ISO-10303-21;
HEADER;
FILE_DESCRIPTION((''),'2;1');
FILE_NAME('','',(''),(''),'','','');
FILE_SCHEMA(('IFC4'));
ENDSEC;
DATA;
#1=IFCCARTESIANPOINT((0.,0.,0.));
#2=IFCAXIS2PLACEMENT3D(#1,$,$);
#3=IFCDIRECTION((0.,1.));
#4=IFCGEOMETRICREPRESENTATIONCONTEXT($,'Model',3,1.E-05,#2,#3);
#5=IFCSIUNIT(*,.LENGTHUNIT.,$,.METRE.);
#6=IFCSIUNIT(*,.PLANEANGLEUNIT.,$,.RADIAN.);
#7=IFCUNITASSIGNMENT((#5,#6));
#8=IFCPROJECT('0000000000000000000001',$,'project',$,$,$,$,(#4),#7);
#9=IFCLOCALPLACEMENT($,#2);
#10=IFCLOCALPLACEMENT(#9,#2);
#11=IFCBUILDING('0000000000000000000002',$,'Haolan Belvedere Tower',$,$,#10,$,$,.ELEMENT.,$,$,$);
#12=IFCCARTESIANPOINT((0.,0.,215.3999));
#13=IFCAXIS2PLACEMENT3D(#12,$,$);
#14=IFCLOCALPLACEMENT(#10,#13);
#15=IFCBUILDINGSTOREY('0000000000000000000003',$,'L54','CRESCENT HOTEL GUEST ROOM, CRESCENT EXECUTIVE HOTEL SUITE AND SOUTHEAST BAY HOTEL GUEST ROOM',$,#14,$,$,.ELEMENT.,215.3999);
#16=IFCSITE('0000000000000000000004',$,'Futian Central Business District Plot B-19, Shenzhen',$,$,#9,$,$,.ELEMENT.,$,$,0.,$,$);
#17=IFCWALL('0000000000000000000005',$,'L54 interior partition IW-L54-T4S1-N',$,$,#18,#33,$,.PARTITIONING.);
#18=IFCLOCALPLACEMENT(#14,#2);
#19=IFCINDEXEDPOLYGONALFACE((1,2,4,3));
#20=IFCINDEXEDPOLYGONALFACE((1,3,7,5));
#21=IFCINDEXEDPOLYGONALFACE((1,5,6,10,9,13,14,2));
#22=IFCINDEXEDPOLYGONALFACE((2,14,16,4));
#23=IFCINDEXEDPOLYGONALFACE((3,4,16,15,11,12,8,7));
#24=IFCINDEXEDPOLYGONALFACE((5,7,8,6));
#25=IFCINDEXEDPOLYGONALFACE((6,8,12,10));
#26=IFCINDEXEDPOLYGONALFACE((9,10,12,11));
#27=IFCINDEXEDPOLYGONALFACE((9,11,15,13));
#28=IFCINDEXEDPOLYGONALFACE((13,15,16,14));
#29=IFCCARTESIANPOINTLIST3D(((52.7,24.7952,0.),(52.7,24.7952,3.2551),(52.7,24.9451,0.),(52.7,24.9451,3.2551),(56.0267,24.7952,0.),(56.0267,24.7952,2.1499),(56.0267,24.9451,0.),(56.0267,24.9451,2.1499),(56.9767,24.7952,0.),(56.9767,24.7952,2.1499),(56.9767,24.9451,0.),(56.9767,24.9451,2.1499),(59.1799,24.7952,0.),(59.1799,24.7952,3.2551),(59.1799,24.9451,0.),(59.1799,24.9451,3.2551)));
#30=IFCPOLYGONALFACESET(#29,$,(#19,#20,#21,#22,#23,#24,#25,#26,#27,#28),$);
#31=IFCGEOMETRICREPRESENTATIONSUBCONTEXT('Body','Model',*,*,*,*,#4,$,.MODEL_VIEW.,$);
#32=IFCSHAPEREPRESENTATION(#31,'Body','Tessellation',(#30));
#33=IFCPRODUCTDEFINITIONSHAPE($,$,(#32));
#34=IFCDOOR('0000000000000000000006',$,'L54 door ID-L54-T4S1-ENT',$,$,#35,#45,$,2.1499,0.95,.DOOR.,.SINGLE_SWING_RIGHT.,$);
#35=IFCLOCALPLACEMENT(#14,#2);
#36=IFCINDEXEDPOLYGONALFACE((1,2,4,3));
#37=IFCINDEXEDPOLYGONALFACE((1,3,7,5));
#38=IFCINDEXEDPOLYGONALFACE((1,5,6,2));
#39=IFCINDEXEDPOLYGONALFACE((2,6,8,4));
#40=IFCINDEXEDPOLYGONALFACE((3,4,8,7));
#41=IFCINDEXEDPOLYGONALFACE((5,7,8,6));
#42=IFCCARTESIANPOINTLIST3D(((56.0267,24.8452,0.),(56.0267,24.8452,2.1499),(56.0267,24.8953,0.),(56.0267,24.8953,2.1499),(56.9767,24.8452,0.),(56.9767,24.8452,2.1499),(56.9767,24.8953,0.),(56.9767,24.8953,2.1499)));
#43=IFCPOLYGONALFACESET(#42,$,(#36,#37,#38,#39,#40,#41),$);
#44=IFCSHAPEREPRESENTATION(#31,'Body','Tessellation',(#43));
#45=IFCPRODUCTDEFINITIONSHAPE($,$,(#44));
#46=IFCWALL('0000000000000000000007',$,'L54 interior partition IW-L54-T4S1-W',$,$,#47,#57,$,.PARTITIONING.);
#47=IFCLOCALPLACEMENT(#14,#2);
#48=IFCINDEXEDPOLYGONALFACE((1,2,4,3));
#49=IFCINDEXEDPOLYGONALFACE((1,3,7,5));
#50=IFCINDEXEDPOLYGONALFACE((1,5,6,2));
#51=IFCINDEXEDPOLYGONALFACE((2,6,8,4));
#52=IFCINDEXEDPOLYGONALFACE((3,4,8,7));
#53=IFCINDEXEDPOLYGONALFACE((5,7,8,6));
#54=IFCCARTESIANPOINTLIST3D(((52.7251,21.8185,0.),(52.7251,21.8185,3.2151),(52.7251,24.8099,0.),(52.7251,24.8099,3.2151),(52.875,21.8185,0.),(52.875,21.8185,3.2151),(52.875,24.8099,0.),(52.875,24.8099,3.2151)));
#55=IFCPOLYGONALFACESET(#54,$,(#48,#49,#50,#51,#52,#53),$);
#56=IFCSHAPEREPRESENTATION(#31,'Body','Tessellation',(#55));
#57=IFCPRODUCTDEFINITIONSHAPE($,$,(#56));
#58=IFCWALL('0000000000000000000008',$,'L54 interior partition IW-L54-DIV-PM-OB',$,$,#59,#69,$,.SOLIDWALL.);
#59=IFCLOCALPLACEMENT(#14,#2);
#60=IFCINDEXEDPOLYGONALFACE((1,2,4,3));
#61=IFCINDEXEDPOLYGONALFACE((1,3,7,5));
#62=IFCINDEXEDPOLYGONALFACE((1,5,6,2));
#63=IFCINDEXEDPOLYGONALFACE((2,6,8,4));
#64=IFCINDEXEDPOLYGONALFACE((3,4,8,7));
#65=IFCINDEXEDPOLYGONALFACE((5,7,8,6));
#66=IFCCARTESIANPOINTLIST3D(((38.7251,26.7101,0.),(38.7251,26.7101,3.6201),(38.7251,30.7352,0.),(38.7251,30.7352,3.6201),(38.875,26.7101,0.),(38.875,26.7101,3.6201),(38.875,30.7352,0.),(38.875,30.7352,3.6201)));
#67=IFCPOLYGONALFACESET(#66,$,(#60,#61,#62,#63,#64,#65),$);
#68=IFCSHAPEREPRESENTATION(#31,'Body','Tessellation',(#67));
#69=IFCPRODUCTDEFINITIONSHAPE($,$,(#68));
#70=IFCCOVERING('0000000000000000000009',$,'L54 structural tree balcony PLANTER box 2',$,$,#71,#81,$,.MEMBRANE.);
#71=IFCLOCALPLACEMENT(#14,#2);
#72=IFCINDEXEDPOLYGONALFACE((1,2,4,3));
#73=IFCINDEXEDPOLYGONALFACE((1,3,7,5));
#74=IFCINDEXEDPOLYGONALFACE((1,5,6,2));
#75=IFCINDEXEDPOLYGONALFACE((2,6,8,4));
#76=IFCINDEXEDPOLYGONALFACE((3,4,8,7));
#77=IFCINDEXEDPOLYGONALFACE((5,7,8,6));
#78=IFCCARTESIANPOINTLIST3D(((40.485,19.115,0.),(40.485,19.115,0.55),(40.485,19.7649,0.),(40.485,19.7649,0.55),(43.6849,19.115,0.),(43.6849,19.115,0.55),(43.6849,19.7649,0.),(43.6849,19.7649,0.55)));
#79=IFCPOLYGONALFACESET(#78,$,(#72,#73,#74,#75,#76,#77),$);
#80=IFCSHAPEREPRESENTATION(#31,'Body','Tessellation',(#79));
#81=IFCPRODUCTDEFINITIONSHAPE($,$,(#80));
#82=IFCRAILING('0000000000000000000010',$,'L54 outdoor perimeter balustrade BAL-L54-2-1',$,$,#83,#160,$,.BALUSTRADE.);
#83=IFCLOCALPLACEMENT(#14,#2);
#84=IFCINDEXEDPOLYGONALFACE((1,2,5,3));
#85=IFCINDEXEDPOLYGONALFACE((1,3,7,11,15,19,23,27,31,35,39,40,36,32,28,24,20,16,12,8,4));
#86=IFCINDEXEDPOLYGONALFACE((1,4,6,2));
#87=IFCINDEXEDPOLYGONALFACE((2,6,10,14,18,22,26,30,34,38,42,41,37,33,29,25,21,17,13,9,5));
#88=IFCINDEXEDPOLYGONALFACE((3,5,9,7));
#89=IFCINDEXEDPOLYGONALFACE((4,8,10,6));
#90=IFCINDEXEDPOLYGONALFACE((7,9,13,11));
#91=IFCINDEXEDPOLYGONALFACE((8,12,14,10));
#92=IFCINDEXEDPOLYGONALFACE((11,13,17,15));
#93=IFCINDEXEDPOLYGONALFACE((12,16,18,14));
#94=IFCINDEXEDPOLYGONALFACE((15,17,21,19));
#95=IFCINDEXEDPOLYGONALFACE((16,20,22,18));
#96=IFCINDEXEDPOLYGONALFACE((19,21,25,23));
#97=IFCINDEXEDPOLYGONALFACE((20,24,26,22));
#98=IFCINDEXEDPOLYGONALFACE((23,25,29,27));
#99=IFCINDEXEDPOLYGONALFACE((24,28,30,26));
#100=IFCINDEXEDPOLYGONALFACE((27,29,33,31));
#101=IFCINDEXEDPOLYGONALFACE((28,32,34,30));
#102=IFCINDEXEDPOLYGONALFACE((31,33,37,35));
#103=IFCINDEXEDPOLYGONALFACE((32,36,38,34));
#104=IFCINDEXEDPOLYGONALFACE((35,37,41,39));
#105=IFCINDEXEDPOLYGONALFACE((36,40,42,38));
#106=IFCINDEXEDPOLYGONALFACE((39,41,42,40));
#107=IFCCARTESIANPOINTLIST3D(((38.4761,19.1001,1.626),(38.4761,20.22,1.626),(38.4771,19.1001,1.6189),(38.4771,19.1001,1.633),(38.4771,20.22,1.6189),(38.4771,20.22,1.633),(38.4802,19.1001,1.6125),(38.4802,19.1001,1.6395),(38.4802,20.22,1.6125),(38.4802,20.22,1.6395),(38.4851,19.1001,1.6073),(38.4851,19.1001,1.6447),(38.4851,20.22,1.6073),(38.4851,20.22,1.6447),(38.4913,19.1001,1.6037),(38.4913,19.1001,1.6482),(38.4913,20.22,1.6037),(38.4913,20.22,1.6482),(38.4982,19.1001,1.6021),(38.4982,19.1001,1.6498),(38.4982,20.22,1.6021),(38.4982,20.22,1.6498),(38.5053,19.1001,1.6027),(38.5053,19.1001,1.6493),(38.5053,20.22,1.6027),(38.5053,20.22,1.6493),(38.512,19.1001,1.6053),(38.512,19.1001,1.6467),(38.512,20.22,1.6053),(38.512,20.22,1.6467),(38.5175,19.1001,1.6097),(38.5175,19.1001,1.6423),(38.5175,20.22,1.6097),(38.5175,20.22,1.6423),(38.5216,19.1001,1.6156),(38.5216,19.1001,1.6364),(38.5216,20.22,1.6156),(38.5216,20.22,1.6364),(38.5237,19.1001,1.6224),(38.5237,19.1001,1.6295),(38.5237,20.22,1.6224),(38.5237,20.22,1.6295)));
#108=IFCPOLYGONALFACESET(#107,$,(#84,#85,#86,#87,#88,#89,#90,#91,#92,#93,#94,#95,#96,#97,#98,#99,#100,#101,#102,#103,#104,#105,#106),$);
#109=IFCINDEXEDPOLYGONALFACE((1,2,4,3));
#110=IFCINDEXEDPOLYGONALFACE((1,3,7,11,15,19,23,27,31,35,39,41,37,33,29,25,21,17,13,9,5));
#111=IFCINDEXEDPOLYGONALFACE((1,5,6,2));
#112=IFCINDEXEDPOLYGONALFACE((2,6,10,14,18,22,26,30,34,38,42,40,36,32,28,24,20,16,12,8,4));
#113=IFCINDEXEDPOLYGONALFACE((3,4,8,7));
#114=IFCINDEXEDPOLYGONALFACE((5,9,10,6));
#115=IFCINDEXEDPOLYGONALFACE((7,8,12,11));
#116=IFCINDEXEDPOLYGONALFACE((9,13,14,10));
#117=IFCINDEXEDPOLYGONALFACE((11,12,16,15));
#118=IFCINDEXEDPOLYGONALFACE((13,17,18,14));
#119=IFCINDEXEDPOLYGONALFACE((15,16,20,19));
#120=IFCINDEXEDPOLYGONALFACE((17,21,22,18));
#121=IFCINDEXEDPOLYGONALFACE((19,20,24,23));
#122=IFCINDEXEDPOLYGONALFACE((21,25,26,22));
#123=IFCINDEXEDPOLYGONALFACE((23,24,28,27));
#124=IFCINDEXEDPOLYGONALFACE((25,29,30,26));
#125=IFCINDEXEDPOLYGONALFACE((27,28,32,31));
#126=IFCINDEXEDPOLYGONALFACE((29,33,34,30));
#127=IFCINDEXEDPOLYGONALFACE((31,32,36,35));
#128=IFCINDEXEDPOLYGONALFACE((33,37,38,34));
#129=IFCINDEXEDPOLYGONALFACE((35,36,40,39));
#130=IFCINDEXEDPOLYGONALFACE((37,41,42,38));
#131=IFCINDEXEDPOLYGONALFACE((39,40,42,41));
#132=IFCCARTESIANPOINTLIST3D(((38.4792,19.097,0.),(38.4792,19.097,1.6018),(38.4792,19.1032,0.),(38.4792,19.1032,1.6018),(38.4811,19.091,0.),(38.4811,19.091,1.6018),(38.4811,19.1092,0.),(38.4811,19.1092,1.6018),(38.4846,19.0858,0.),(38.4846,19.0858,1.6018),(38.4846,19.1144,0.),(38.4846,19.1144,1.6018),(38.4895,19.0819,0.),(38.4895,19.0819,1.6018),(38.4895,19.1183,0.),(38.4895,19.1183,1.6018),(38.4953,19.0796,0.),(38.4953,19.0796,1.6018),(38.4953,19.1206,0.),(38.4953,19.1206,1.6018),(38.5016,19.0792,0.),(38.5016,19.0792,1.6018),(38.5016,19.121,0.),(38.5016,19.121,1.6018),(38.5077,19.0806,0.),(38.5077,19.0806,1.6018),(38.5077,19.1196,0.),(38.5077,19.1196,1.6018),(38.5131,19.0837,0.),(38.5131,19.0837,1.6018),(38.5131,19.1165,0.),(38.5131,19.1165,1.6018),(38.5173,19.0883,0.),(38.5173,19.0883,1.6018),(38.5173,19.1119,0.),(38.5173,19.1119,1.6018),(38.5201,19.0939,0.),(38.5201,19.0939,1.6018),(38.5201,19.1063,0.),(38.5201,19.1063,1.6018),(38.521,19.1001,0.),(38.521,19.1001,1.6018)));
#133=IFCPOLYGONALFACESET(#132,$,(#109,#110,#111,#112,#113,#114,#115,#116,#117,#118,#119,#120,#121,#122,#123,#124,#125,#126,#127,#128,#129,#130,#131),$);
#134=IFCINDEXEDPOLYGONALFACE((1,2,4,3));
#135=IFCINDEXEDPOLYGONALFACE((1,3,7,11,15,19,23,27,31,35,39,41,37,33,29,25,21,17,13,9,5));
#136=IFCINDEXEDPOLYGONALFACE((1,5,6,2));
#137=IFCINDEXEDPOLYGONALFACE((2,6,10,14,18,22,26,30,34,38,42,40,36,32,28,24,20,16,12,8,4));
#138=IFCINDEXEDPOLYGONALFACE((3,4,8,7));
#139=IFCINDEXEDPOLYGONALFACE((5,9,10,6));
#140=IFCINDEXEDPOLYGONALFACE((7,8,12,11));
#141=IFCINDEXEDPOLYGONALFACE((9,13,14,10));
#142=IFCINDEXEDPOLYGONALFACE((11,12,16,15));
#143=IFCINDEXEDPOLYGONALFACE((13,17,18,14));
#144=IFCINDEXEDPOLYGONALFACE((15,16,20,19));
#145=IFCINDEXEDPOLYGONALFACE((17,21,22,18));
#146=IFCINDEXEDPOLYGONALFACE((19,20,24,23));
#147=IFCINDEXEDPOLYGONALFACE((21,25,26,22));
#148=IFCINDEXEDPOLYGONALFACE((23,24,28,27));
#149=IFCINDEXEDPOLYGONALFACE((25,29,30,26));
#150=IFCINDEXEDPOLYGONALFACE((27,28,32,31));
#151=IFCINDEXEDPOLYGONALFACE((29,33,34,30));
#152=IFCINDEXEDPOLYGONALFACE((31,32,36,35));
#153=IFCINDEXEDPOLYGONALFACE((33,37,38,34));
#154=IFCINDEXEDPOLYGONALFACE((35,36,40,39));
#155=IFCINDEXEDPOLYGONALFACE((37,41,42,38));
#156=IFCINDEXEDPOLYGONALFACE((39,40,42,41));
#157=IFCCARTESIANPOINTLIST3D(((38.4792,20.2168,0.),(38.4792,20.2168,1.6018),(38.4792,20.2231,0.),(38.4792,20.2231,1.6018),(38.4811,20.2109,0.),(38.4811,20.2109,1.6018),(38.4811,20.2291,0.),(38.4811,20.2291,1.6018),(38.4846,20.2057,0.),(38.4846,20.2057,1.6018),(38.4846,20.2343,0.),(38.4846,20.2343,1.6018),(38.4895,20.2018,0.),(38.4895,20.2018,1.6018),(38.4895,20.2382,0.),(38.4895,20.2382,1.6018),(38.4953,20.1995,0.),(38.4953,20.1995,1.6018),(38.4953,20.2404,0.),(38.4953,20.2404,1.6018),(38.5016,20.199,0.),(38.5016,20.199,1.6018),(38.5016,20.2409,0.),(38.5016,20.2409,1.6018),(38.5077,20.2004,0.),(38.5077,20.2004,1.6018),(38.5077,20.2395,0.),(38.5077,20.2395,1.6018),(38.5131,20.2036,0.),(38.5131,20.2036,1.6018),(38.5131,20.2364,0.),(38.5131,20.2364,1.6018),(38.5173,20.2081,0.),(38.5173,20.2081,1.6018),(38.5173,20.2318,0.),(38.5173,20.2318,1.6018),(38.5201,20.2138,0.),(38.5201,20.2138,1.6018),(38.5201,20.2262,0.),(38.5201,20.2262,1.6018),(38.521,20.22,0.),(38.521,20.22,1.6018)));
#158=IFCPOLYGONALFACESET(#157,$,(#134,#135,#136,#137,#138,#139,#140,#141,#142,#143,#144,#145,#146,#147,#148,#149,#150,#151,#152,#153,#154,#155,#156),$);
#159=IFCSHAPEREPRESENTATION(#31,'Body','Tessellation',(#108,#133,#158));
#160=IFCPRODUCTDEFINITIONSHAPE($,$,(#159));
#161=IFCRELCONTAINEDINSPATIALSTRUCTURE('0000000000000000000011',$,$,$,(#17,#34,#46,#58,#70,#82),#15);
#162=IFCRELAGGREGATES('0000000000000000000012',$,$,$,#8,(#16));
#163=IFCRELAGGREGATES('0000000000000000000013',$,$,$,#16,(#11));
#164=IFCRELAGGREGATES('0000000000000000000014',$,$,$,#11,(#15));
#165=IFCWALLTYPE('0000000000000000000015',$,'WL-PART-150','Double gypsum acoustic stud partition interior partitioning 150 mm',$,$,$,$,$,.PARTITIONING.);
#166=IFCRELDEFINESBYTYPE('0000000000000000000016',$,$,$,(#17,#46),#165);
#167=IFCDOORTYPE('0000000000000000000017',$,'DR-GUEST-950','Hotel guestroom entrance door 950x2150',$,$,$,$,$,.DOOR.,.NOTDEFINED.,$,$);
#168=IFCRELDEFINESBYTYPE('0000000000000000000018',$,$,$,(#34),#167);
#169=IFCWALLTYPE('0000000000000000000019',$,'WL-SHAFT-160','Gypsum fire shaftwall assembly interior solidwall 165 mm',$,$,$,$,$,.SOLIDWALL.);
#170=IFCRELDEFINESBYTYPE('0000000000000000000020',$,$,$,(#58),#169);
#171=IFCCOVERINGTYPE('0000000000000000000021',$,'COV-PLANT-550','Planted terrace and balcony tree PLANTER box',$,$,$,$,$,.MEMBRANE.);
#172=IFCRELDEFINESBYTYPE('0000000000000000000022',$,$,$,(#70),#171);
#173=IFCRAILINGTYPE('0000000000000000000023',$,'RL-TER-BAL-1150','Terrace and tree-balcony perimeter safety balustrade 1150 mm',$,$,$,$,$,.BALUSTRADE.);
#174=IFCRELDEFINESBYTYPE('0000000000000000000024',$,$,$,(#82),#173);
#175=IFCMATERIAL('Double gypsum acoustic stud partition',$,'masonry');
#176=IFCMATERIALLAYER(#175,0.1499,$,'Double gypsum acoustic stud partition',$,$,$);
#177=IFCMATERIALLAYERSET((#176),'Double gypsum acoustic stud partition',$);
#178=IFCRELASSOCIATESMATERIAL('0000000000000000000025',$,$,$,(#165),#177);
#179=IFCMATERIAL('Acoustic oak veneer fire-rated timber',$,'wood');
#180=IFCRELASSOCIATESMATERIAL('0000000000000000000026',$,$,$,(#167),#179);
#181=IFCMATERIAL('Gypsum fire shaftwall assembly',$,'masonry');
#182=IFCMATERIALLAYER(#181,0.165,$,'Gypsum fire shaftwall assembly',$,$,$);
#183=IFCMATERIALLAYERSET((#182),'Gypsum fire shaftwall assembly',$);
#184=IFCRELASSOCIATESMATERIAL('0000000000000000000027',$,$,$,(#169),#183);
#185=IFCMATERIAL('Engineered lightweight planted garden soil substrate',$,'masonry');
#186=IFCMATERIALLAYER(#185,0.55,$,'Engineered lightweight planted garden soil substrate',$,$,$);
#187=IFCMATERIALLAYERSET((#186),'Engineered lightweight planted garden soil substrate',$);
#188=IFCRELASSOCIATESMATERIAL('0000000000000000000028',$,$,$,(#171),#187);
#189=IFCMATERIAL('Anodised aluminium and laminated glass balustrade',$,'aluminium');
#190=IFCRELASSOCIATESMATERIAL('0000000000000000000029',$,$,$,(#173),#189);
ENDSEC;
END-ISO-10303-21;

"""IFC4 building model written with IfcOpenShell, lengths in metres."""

from ifc_helpers import new_model, si_unit, direction, frame, frame_2d, origin, origin_2d, place, context, subcontext, project, spatial, rectangle, circle, extrude, material, layer, layer_set, type_object, element, fill, save


model = new_model("IFC4")

# Units and contexts
model_context = context("Model", 3, precision=1e-05, world=origin(), true_north=direction((0.0, 1.0)))
body_context = subcontext(model_context, "Body", "Model", "MODEL_VIEW")
ifc_project = project(units=[si_unit("LENGTHUNIT", "METRE"), si_unit("PLANEANGLEUNIT", "RADIAN")], contexts=[model_context])

# Site, building, storey
site_placement = place(None, origin())
site = spatial("IfcSite", under=ifc_project, at=site_placement, Name="Futian Central Business District Plot B-19, Shenzhen", CompositionType="ELEMENT", RefElevation=0.0)
building_placement = place(site_placement, origin())
building = spatial("IfcBuilding", under=site, at=building_placement, Name="Haolan Belvedere Tower", CompositionType="ELEMENT")
storey_placement = place(building_placement, frame((0.0, 0.0, 215.3999)))
storey = spatial("IfcBuildingStorey", under=building, at=storey_placement, Name="L54", Description="CRESCENT HOTEL GUEST ROOM, CRESCENT EXECUTIVE HOTEL SUITE AND SOUTHEAST BAY HOTEL GUEST ROOM", CompositionType="ELEMENT", Elevation=215.3999)

# Shared definitions
ifc_material_1 = material(Name="Double gypsum acoustic stud partition", Category="masonry")
ifc_layer_1 = layer(ifc_material_1, 0.1499, Name="Double gypsum acoustic stud partition")
ifc_layer_set_1 = layer_set([ifc_layer_1], Name="Double gypsum acoustic stud partition")
wall_type_1 = type_object("IfcWallType", Name="WL-PART-150", Description="Double gypsum acoustic stud partition interior partitioning 150 mm", PredefinedType="PARTITIONING", material=ifc_layer_set_1)

# Wall, opening, door
wall_1_placement = place(storey_placement, frame((52.7, 24.8701, 0.0), z_axis=(0.0, 0.0, 1.0), x_axis=(1.0, 0.0, 0.0)))
wall_1 = element("IfcWall", 1, at=wall_1_placement, inside=storey, type_object=wall_type_1, Name="L54 interior partition IW-L54-T4S1-N", PredefinedType="PARTITIONING", context=body_context, shape_type="SweptSolid", body=[
    extrude(rectangle(XDim=6.48, YDim=0.1499, at=frame_2d((3.24, 0.0))), origin(), (0.0, 0.0, 1.0), 3.2551),
])
opening_1_placement = place(wall_1_placement, frame((4.2769, 0.0, 0.0), z_axis=(0.0, 0.0, 1.0), x_axis=(-1.0, 0.0, 0.0)))
opening_1 = element("IfcOpeningElement", 2, at=opening_1_placement, cuts=wall_1, PredefinedType="OPENING", context=body_context, shape_type="SweptSolid", body=[
    extrude(rectangle(XDim=0.95, YDim=2.1499, at=frame_2d((0.4751, 1.075))), frame((0.0, 0.085, 0.0), z_axis=(0.0, -1.0, 0.0), x_axis=(1.0, 0.0, 0.0)), (0.0, 0.0, 1.0), 0.1699),
])
ifc_material_2 = material(Name="Acoustic oak veneer fire-rated timber", Category="wood")
door_type_1 = type_object("IfcDoorType", Name="DR-GUEST-950", Description="Hotel guestroom entrance door 950x2150", OperationType="NOTDEFINED", PredefinedType="DOOR", material=ifc_material_2)
door_1_placement = place(opening_1_placement, origin())
door_1 = element("IfcDoor", 3, at=door_1_placement, inside=storey, type_object=door_type_1, Name="L54 door ID-L54-T4S1-ENT", OperationType="SINGLE_SWING_RIGHT", OverallHeight=2.1499, OverallWidth=0.95, PredefinedType="DOOR", context=body_context, shape_type="SweptSolid", body=[
    extrude(rectangle(XDim=0.95, YDim=2.1499, at=frame_2d((0.4751, 1.075))), frame((0.0, 0.0249, 0.0), z_axis=(0.0, -1.0, 0.0), x_axis=(1.0, 0.0, 0.0)), (0.0, 0.0, 1.0), 0.05),
])
fill(opening_1, door_1)

# Walls
wall_2_placement = place(storey_placement, frame((52.8, 21.8186, 0.0), z_axis=(0.0, 0.0, 1.0), x_axis=(0.0, 1.0, 0.0)))
element("IfcWall", 4, at=wall_2_placement, inside=storey, type_object=wall_type_1, Name="L54 interior partition IW-L54-T4S1-W", PredefinedType="PARTITIONING", context=body_context, shape_type="SweptSolid", body=[
    extrude(rectangle(XDim=2.9915, YDim=0.1499, at=frame_2d((1.4956, 0.0))), origin(), (0.0, 0.0, 1.0), 3.2151),
])
ifc_material_3 = material(Name="Gypsum fire shaftwall assembly", Category="masonry")
ifc_layer_2 = layer(ifc_material_3, 0.165, Name="Gypsum fire shaftwall assembly")
ifc_layer_set_2 = layer_set([ifc_layer_2], Name="Gypsum fire shaftwall assembly")
wall_type_2 = type_object("IfcWallType", Name="WL-SHAFT-160", Description="Gypsum fire shaftwall assembly interior solidwall 165 mm", PredefinedType="SOLIDWALL", material=ifc_layer_set_2)
wall_3_placement = place(storey_placement, frame((38.8, 26.71, 0.0), z_axis=(0.0, 0.0, 1.0), x_axis=(0.0, 1.0, 0.0)))
element("IfcWall", 5, at=wall_3_placement, inside=storey, type_object=wall_type_2, Name="L54 interior partition IW-L54-DIV-PM-OB", PredefinedType="SOLIDWALL", context=body_context, shape_type="SweptSolid", body=[
    extrude(rectangle(XDim=4.0251, YDim=0.1499, at=frame_2d((2.0127, 0.0))), origin(), (0.0, 0.0, 1.0), 3.6201),
])

# Covering
ifc_material_4 = material(Name="Engineered lightweight planted garden soil substrate", Category="masonry")
ifc_layer_3 = layer(ifc_material_4, 0.55, Name="Engineered lightweight planted garden soil substrate")
ifc_layer_set_3 = layer_set([ifc_layer_3], Name="Engineered lightweight planted garden soil substrate")
covering_type = type_object("IfcCoveringType", Name="COV-PLANT-550", Description="Planted terrace and balcony tree PLANTER box", PredefinedType="MEMBRANE", material=ifc_layer_set_3)
covering_placement = place(storey_placement, frame((42.085, 19.4399, 0.0), z_axis=(0.0, 0.0, 1.0), x_axis=(1.0, 0.0, 0.0)))
element("IfcCovering", 6, at=covering_placement, inside=storey, type_object=covering_type, Name="L54 structural tree balcony PLANTER box 2", PredefinedType="MEMBRANE", context=body_context, shape_type="SweptSolid", body=[
    extrude(rectangle(XDim=3.2, YDim=0.6499, at=origin_2d()), origin(), (0.0, 0.0, 1.0), 0.55),
])

# Railing
ifc_material_5 = material(Name="Anodised aluminium and laminated glass balustrade", Category="aluminium")
railing_type = type_object("IfcRailingType", Name="RL-TER-BAL-1150", Description="Terrace and tree-balcony perimeter safety balustrade 1150 mm", PredefinedType="BALUSTRADE", material=ifc_material_5)
railing_1_placement = place(storey_placement, frame((38.5, 19.1001, 0.0)))
element("IfcRailing", 7, at=railing_1_placement, inside=storey, type_object=railing_type, Name="L54 outdoor perimeter balustrade BAL-L54-2-1", PredefinedType="BALUSTRADE", context=body_context, shape_type="SweptSolid", body=[
    extrude(circle(Radius=0.0239, at=origin_2d()), frame((0.0, 0.0, 1.626), z_axis=(0.0, 1.0, 0.0), x_axis=(-1.0, 0.0, 0.0)), (0.0, 0.0, 1.0), 1.1199),
    extrude(circle(Radius=0.021, at=origin_2d()), origin(), (0.0, 0.0, 1.0), 1.6018),
    extrude(circle(Radius=0.021, at=origin_2d()), frame((0.0, 1.1199, 0.0)), (0.0, 0.0, 1.0), 1.6018),
])

save(model, "model.ifc")
